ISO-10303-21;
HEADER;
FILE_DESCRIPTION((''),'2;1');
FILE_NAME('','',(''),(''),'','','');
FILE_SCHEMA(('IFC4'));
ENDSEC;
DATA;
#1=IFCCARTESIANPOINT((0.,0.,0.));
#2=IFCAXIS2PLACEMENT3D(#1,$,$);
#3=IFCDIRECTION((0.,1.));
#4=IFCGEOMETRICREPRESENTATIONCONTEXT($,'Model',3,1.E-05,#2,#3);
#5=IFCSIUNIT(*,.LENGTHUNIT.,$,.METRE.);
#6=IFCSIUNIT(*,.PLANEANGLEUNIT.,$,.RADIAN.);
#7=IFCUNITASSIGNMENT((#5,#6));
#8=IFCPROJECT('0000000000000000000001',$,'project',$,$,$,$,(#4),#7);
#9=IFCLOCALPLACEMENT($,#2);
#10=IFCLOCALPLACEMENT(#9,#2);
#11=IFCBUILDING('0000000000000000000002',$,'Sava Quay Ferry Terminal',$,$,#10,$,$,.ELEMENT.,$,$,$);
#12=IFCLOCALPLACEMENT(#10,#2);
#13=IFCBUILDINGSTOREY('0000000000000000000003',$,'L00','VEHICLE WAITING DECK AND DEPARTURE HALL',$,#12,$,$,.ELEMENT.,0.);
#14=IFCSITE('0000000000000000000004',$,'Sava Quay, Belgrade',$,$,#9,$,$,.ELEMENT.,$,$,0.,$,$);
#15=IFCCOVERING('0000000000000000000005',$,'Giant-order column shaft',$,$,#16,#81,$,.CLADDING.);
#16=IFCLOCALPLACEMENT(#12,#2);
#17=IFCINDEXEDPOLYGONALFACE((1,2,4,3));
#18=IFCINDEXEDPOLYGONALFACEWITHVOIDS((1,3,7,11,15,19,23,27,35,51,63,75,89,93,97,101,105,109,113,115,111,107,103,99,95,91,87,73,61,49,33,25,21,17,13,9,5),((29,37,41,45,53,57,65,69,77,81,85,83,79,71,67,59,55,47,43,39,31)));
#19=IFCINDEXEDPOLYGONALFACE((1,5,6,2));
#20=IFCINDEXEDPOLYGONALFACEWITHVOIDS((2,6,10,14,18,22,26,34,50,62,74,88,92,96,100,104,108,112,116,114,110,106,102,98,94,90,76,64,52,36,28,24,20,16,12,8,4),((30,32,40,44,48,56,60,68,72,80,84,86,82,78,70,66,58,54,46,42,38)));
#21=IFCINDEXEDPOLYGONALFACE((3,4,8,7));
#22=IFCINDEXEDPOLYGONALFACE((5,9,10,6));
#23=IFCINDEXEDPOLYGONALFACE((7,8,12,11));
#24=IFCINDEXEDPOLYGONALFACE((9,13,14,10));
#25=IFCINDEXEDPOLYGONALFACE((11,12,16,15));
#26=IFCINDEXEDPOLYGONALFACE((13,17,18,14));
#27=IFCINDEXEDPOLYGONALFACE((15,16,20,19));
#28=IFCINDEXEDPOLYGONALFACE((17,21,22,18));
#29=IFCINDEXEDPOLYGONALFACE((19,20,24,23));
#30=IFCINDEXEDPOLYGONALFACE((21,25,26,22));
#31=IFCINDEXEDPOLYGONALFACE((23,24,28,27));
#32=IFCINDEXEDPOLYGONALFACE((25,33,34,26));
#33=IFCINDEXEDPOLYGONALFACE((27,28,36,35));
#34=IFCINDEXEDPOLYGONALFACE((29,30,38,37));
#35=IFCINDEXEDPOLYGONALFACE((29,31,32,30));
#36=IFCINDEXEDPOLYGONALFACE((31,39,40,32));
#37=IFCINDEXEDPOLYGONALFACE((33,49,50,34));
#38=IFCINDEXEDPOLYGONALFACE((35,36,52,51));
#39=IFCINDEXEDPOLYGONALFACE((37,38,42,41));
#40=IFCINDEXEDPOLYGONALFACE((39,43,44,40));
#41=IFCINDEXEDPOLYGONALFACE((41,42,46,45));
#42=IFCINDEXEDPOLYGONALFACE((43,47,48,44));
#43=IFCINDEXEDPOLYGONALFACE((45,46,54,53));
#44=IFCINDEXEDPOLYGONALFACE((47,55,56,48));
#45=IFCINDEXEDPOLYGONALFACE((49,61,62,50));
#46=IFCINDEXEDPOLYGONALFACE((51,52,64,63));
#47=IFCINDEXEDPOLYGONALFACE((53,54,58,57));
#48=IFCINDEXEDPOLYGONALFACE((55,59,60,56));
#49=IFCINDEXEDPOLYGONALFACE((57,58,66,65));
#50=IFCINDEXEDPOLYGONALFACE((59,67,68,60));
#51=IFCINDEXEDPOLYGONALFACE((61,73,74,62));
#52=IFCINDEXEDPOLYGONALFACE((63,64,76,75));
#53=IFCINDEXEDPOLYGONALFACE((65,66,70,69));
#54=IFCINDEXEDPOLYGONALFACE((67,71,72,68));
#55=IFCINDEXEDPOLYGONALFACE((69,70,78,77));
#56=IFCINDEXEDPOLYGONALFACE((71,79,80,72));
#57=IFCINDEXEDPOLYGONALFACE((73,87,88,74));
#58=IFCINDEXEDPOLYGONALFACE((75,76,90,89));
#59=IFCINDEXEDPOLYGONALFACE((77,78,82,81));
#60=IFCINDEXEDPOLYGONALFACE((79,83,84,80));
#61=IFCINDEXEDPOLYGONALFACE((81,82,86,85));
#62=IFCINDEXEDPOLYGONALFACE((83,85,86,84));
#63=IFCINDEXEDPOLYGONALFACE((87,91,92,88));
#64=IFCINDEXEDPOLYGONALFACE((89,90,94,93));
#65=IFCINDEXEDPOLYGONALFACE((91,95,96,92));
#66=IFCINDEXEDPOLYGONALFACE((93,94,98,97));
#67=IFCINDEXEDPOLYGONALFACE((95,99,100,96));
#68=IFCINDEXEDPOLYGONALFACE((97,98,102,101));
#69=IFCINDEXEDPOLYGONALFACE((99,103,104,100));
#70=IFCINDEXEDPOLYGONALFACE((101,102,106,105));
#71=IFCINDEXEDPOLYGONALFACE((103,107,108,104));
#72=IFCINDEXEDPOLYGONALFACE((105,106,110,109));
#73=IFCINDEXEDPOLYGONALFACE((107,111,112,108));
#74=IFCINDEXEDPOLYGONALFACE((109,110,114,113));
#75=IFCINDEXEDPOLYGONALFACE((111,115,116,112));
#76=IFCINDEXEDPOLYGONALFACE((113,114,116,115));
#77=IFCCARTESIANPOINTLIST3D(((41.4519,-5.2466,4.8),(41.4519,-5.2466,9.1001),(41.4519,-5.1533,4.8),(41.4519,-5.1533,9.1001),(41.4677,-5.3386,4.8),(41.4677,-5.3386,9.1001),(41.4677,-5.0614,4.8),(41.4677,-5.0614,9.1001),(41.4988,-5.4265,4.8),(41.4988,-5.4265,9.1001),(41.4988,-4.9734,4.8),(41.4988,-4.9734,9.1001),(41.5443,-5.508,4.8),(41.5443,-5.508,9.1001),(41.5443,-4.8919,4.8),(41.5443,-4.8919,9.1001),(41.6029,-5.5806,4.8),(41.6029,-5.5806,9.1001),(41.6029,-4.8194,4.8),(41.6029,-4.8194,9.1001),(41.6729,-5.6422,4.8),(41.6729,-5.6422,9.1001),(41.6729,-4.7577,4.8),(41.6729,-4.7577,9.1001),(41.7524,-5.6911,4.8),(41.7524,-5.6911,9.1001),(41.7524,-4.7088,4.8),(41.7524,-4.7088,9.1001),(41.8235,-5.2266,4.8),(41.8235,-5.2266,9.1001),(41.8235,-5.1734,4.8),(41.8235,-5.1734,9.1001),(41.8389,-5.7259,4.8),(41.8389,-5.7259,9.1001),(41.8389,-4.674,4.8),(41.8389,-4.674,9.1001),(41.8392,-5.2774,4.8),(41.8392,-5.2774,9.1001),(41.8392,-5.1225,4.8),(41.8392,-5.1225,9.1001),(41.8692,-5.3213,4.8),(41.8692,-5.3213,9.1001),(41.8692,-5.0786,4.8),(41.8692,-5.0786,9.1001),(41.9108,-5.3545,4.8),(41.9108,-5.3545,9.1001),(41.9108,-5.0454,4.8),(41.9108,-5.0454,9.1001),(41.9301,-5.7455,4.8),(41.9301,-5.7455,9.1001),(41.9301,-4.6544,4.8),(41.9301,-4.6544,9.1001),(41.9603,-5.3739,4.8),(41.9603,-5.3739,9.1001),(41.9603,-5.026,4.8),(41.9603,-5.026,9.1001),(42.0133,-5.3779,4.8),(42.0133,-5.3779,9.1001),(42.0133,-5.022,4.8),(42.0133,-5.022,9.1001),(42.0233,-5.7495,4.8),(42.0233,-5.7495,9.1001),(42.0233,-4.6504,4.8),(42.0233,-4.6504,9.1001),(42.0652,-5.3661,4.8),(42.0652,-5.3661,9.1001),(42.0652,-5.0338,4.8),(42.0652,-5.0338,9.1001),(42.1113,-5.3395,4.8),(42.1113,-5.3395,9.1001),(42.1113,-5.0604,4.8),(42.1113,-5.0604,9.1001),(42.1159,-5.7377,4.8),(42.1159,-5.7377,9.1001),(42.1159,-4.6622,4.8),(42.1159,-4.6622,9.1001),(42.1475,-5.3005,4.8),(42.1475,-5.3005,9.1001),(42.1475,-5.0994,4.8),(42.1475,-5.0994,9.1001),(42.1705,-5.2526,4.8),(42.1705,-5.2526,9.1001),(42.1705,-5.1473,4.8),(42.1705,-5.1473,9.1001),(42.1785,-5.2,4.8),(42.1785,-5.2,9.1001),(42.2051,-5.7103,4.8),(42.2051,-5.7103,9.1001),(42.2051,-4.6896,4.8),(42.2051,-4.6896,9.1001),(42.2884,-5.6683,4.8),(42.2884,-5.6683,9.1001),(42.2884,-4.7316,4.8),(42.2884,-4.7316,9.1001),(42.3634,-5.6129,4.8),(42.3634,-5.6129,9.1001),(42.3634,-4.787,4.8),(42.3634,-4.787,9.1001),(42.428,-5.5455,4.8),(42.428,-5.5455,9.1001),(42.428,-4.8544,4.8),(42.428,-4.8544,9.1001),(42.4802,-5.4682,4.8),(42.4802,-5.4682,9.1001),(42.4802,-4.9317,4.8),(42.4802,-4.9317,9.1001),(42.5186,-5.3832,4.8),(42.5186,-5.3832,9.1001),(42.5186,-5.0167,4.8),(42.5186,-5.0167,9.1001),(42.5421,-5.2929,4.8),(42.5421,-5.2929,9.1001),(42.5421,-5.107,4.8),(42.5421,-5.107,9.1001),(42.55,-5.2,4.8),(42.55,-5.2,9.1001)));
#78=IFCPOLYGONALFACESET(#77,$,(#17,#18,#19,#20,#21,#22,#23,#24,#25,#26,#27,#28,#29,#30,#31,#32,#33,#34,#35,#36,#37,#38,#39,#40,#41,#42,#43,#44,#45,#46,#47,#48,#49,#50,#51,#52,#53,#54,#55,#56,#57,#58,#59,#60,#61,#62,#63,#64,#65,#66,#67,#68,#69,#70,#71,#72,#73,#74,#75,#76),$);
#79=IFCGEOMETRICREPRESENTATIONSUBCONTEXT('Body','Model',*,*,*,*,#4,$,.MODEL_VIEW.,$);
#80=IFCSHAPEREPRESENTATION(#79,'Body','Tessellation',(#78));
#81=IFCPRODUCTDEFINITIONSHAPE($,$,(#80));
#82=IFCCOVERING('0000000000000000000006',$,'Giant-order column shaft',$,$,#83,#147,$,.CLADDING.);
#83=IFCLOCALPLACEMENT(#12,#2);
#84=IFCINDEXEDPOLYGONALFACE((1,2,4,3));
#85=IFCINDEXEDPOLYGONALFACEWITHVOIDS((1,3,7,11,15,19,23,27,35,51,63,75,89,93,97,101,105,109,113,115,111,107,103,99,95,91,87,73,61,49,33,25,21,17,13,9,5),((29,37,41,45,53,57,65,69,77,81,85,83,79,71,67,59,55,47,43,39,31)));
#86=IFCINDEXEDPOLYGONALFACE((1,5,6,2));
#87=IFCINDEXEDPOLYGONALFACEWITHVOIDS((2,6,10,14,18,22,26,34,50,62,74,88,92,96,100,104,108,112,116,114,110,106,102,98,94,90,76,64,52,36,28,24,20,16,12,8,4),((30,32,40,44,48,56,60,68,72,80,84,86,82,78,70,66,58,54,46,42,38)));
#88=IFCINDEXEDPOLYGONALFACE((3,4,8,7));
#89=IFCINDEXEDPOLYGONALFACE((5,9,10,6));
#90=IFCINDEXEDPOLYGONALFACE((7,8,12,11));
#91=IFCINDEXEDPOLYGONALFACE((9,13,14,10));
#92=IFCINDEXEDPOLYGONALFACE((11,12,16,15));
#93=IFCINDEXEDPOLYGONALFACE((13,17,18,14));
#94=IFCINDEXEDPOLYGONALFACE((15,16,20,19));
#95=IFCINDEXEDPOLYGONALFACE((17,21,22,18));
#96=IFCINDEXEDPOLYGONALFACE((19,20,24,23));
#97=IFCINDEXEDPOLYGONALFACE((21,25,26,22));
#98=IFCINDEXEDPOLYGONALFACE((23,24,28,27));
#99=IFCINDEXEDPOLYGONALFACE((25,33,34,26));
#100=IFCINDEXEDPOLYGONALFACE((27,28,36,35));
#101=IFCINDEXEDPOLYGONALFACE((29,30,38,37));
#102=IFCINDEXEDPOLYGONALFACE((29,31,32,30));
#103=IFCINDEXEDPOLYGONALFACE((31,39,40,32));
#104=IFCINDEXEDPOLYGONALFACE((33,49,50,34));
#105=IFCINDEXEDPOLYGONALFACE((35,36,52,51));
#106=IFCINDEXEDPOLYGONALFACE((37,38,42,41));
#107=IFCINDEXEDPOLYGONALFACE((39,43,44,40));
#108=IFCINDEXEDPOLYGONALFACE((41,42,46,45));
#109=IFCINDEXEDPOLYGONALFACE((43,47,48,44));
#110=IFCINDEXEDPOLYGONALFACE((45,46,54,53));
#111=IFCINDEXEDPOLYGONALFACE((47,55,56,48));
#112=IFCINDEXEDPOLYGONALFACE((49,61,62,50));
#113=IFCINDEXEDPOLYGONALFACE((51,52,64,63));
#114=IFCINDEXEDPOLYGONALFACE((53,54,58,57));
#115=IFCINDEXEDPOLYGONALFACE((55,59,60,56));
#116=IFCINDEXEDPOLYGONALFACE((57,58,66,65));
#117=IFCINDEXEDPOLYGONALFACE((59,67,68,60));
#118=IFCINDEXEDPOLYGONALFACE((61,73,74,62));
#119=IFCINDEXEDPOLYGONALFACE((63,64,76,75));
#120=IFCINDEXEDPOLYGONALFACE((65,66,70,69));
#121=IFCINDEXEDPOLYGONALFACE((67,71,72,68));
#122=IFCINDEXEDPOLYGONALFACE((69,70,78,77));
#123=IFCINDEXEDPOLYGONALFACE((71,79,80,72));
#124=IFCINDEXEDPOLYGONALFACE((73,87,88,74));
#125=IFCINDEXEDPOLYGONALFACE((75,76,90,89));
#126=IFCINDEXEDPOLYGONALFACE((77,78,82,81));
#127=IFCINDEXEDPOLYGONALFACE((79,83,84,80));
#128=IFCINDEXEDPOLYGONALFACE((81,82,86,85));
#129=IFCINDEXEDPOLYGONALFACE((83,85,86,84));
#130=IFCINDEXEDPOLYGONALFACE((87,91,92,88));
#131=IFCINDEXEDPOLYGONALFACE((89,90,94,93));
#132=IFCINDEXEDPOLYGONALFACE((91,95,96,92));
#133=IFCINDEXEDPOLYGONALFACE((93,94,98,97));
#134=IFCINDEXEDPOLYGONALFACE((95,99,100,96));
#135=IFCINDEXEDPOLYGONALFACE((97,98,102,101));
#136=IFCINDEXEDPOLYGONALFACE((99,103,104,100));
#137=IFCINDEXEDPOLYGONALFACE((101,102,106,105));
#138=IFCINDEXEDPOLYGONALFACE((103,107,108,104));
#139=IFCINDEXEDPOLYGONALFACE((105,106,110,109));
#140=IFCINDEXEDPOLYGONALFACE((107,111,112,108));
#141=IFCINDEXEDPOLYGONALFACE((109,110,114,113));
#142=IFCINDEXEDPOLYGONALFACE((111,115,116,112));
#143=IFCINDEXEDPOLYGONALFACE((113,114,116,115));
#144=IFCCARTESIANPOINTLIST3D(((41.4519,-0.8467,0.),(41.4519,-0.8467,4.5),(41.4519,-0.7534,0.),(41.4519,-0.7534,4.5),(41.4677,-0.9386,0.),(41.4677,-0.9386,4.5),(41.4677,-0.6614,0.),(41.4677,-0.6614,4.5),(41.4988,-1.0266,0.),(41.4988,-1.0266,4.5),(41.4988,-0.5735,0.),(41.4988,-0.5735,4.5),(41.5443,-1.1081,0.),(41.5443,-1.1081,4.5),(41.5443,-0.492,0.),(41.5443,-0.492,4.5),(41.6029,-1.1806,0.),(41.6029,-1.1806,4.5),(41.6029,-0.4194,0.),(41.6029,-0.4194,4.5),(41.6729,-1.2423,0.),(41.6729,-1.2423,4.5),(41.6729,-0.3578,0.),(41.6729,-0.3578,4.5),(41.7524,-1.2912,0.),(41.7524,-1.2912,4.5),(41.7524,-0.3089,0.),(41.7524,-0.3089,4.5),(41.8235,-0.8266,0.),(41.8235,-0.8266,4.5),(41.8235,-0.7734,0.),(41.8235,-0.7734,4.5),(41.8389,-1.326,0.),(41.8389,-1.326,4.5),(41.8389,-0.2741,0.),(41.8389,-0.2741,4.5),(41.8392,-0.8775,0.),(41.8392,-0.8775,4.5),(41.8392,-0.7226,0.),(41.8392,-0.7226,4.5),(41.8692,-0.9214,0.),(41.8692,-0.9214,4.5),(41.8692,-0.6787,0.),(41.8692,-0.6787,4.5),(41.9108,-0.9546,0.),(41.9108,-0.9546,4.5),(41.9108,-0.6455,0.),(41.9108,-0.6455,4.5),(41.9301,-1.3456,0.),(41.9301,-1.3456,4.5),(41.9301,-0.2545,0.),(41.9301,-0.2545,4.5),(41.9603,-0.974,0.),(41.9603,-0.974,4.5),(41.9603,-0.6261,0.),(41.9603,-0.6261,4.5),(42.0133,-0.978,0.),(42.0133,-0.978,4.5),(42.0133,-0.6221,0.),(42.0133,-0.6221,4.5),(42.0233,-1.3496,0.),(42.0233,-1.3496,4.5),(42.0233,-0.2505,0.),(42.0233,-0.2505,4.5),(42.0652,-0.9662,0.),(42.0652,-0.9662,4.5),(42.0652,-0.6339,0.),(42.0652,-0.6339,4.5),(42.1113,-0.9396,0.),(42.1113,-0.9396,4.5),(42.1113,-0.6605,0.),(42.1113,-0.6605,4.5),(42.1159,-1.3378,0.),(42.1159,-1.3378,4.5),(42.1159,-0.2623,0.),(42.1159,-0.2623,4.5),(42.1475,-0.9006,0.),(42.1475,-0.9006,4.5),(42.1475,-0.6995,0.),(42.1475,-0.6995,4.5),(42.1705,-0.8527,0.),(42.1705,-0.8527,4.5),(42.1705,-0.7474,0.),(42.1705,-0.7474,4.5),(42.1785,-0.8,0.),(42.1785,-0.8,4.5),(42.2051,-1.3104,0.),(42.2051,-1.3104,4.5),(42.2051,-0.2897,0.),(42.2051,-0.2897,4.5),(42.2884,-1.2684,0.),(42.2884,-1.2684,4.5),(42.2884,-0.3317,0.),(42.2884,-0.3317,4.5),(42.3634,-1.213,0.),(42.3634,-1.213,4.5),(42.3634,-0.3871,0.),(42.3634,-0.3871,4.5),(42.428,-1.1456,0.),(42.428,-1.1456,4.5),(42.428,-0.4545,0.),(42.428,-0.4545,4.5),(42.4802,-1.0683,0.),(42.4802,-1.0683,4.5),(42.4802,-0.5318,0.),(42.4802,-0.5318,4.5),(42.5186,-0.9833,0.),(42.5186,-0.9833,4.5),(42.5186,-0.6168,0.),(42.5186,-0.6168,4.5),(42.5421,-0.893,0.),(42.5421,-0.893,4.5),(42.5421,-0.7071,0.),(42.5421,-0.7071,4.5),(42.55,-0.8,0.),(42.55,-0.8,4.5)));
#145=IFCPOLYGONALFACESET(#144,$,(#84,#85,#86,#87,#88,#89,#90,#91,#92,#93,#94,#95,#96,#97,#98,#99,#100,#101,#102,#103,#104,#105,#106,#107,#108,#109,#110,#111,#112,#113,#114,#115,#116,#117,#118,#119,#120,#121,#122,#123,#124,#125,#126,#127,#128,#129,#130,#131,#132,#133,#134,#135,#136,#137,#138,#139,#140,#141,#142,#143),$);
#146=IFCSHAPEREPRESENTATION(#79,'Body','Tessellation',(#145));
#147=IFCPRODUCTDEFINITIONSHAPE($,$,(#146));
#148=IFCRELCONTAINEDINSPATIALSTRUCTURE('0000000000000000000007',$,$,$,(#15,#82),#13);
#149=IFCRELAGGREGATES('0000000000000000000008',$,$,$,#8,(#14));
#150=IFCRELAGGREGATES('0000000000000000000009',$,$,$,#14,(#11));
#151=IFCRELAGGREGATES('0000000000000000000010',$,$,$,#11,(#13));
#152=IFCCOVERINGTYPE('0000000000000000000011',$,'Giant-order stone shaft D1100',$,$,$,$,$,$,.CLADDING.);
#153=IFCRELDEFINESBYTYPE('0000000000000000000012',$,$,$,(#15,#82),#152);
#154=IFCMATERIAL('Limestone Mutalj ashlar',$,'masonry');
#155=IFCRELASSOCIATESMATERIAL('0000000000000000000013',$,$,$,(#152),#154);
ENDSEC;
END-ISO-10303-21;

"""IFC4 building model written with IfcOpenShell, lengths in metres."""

from ifc_helpers import new_model, si_unit, direction, frame, origin, origin_2d, place, context, subcontext, project, spatial, hollow_circle, extrude, material, material_profile, profile_set, type_object, element, save


model = new_model("IFC4")

# Units and contexts
model_context = context("Model", 3, precision=1e-05, world=origin(), true_north=direction((0.0, 1.0)))
body_context = subcontext(model_context, "Body", "Model", "MODEL_VIEW")
ifc_project = project(units=[si_unit("LENGTHUNIT", "METRE"), si_unit("PLANEANGLEUNIT", "RADIAN")], contexts=[model_context])

# Site, building, storey
site_placement = place(None, origin())
site = spatial("IfcSite", under=ifc_project, at=site_placement, Name="Sava Quay, Belgrade", CompositionType="ELEMENT", RefElevation=0.0)
building_placement = place(site_placement, origin())
building = spatial("IfcBuilding", under=site, at=building_placement, Name="Sava Quay Ferry Terminal", CompositionType="ELEMENT")
storey_placement = place(building_placement, origin())
storey = spatial("IfcBuildingStorey", under=building, at=storey_placement, Name="L00", Description="VEHICLE WAITING DECK AND DEPARTURE HALL", CompositionType="ELEMENT", Elevation=0.0)

# Coverings
ifc_material_1 = material(Name="Limestone Mutalj ashlar", Category="masonry")
ifc_material_profile_1 = material_profile(ifc_material_1, hollow_circle(Radius=0.55, WallThickness=0.3716, at=origin_2d()), Name="Stone shaft D1100")
ifc_profile_set_1 = profile_set([ifc_material_profile_1], Name="Limestone Mutalj ashlar")
covering_type_1 = type_object("IfcCoveringType", Name="Giant-order stone shaft D1100", PredefinedType="CLADDING", material=ifc_profile_set_1)
covering_1_placement = place(storey_placement, frame((42.0, -5.2, 4.8), z_axis=(0.0, 0.0, 1.0), x_axis=(1.0, 0.0, 0.0)))
element("IfcCovering", 1, at=covering_1_placement, inside=storey, type_object=covering_type_1, Name="Giant-order column shaft", PredefinedType="CLADDING", context=body_context, shape_type="SweptSolid", body=[
    extrude(hollow_circle(Radius=0.55, WallThickness=0.3716, at=origin_2d()), origin(), (0.0, 0.0, 1.0), 4.3),
])
covering_2_placement = place(storey_placement, frame((42.0, -0.8, 0.0), z_axis=(0.0, 0.0, 1.0), x_axis=(1.0, 0.0, 0.0)))
element("IfcCovering", 2, at=covering_2_placement, inside=storey, type_object=covering_type_1, Name="Giant-order column shaft", PredefinedType="CLADDING", context=body_context, shape_type="SweptSolid", body=[
    extrude(hollow_circle(Radius=0.55, WallThickness=0.3716, at=origin_2d()), origin(), (0.0, 0.0, 1.0), 4.5),
])

save(model, "model.ifc")
